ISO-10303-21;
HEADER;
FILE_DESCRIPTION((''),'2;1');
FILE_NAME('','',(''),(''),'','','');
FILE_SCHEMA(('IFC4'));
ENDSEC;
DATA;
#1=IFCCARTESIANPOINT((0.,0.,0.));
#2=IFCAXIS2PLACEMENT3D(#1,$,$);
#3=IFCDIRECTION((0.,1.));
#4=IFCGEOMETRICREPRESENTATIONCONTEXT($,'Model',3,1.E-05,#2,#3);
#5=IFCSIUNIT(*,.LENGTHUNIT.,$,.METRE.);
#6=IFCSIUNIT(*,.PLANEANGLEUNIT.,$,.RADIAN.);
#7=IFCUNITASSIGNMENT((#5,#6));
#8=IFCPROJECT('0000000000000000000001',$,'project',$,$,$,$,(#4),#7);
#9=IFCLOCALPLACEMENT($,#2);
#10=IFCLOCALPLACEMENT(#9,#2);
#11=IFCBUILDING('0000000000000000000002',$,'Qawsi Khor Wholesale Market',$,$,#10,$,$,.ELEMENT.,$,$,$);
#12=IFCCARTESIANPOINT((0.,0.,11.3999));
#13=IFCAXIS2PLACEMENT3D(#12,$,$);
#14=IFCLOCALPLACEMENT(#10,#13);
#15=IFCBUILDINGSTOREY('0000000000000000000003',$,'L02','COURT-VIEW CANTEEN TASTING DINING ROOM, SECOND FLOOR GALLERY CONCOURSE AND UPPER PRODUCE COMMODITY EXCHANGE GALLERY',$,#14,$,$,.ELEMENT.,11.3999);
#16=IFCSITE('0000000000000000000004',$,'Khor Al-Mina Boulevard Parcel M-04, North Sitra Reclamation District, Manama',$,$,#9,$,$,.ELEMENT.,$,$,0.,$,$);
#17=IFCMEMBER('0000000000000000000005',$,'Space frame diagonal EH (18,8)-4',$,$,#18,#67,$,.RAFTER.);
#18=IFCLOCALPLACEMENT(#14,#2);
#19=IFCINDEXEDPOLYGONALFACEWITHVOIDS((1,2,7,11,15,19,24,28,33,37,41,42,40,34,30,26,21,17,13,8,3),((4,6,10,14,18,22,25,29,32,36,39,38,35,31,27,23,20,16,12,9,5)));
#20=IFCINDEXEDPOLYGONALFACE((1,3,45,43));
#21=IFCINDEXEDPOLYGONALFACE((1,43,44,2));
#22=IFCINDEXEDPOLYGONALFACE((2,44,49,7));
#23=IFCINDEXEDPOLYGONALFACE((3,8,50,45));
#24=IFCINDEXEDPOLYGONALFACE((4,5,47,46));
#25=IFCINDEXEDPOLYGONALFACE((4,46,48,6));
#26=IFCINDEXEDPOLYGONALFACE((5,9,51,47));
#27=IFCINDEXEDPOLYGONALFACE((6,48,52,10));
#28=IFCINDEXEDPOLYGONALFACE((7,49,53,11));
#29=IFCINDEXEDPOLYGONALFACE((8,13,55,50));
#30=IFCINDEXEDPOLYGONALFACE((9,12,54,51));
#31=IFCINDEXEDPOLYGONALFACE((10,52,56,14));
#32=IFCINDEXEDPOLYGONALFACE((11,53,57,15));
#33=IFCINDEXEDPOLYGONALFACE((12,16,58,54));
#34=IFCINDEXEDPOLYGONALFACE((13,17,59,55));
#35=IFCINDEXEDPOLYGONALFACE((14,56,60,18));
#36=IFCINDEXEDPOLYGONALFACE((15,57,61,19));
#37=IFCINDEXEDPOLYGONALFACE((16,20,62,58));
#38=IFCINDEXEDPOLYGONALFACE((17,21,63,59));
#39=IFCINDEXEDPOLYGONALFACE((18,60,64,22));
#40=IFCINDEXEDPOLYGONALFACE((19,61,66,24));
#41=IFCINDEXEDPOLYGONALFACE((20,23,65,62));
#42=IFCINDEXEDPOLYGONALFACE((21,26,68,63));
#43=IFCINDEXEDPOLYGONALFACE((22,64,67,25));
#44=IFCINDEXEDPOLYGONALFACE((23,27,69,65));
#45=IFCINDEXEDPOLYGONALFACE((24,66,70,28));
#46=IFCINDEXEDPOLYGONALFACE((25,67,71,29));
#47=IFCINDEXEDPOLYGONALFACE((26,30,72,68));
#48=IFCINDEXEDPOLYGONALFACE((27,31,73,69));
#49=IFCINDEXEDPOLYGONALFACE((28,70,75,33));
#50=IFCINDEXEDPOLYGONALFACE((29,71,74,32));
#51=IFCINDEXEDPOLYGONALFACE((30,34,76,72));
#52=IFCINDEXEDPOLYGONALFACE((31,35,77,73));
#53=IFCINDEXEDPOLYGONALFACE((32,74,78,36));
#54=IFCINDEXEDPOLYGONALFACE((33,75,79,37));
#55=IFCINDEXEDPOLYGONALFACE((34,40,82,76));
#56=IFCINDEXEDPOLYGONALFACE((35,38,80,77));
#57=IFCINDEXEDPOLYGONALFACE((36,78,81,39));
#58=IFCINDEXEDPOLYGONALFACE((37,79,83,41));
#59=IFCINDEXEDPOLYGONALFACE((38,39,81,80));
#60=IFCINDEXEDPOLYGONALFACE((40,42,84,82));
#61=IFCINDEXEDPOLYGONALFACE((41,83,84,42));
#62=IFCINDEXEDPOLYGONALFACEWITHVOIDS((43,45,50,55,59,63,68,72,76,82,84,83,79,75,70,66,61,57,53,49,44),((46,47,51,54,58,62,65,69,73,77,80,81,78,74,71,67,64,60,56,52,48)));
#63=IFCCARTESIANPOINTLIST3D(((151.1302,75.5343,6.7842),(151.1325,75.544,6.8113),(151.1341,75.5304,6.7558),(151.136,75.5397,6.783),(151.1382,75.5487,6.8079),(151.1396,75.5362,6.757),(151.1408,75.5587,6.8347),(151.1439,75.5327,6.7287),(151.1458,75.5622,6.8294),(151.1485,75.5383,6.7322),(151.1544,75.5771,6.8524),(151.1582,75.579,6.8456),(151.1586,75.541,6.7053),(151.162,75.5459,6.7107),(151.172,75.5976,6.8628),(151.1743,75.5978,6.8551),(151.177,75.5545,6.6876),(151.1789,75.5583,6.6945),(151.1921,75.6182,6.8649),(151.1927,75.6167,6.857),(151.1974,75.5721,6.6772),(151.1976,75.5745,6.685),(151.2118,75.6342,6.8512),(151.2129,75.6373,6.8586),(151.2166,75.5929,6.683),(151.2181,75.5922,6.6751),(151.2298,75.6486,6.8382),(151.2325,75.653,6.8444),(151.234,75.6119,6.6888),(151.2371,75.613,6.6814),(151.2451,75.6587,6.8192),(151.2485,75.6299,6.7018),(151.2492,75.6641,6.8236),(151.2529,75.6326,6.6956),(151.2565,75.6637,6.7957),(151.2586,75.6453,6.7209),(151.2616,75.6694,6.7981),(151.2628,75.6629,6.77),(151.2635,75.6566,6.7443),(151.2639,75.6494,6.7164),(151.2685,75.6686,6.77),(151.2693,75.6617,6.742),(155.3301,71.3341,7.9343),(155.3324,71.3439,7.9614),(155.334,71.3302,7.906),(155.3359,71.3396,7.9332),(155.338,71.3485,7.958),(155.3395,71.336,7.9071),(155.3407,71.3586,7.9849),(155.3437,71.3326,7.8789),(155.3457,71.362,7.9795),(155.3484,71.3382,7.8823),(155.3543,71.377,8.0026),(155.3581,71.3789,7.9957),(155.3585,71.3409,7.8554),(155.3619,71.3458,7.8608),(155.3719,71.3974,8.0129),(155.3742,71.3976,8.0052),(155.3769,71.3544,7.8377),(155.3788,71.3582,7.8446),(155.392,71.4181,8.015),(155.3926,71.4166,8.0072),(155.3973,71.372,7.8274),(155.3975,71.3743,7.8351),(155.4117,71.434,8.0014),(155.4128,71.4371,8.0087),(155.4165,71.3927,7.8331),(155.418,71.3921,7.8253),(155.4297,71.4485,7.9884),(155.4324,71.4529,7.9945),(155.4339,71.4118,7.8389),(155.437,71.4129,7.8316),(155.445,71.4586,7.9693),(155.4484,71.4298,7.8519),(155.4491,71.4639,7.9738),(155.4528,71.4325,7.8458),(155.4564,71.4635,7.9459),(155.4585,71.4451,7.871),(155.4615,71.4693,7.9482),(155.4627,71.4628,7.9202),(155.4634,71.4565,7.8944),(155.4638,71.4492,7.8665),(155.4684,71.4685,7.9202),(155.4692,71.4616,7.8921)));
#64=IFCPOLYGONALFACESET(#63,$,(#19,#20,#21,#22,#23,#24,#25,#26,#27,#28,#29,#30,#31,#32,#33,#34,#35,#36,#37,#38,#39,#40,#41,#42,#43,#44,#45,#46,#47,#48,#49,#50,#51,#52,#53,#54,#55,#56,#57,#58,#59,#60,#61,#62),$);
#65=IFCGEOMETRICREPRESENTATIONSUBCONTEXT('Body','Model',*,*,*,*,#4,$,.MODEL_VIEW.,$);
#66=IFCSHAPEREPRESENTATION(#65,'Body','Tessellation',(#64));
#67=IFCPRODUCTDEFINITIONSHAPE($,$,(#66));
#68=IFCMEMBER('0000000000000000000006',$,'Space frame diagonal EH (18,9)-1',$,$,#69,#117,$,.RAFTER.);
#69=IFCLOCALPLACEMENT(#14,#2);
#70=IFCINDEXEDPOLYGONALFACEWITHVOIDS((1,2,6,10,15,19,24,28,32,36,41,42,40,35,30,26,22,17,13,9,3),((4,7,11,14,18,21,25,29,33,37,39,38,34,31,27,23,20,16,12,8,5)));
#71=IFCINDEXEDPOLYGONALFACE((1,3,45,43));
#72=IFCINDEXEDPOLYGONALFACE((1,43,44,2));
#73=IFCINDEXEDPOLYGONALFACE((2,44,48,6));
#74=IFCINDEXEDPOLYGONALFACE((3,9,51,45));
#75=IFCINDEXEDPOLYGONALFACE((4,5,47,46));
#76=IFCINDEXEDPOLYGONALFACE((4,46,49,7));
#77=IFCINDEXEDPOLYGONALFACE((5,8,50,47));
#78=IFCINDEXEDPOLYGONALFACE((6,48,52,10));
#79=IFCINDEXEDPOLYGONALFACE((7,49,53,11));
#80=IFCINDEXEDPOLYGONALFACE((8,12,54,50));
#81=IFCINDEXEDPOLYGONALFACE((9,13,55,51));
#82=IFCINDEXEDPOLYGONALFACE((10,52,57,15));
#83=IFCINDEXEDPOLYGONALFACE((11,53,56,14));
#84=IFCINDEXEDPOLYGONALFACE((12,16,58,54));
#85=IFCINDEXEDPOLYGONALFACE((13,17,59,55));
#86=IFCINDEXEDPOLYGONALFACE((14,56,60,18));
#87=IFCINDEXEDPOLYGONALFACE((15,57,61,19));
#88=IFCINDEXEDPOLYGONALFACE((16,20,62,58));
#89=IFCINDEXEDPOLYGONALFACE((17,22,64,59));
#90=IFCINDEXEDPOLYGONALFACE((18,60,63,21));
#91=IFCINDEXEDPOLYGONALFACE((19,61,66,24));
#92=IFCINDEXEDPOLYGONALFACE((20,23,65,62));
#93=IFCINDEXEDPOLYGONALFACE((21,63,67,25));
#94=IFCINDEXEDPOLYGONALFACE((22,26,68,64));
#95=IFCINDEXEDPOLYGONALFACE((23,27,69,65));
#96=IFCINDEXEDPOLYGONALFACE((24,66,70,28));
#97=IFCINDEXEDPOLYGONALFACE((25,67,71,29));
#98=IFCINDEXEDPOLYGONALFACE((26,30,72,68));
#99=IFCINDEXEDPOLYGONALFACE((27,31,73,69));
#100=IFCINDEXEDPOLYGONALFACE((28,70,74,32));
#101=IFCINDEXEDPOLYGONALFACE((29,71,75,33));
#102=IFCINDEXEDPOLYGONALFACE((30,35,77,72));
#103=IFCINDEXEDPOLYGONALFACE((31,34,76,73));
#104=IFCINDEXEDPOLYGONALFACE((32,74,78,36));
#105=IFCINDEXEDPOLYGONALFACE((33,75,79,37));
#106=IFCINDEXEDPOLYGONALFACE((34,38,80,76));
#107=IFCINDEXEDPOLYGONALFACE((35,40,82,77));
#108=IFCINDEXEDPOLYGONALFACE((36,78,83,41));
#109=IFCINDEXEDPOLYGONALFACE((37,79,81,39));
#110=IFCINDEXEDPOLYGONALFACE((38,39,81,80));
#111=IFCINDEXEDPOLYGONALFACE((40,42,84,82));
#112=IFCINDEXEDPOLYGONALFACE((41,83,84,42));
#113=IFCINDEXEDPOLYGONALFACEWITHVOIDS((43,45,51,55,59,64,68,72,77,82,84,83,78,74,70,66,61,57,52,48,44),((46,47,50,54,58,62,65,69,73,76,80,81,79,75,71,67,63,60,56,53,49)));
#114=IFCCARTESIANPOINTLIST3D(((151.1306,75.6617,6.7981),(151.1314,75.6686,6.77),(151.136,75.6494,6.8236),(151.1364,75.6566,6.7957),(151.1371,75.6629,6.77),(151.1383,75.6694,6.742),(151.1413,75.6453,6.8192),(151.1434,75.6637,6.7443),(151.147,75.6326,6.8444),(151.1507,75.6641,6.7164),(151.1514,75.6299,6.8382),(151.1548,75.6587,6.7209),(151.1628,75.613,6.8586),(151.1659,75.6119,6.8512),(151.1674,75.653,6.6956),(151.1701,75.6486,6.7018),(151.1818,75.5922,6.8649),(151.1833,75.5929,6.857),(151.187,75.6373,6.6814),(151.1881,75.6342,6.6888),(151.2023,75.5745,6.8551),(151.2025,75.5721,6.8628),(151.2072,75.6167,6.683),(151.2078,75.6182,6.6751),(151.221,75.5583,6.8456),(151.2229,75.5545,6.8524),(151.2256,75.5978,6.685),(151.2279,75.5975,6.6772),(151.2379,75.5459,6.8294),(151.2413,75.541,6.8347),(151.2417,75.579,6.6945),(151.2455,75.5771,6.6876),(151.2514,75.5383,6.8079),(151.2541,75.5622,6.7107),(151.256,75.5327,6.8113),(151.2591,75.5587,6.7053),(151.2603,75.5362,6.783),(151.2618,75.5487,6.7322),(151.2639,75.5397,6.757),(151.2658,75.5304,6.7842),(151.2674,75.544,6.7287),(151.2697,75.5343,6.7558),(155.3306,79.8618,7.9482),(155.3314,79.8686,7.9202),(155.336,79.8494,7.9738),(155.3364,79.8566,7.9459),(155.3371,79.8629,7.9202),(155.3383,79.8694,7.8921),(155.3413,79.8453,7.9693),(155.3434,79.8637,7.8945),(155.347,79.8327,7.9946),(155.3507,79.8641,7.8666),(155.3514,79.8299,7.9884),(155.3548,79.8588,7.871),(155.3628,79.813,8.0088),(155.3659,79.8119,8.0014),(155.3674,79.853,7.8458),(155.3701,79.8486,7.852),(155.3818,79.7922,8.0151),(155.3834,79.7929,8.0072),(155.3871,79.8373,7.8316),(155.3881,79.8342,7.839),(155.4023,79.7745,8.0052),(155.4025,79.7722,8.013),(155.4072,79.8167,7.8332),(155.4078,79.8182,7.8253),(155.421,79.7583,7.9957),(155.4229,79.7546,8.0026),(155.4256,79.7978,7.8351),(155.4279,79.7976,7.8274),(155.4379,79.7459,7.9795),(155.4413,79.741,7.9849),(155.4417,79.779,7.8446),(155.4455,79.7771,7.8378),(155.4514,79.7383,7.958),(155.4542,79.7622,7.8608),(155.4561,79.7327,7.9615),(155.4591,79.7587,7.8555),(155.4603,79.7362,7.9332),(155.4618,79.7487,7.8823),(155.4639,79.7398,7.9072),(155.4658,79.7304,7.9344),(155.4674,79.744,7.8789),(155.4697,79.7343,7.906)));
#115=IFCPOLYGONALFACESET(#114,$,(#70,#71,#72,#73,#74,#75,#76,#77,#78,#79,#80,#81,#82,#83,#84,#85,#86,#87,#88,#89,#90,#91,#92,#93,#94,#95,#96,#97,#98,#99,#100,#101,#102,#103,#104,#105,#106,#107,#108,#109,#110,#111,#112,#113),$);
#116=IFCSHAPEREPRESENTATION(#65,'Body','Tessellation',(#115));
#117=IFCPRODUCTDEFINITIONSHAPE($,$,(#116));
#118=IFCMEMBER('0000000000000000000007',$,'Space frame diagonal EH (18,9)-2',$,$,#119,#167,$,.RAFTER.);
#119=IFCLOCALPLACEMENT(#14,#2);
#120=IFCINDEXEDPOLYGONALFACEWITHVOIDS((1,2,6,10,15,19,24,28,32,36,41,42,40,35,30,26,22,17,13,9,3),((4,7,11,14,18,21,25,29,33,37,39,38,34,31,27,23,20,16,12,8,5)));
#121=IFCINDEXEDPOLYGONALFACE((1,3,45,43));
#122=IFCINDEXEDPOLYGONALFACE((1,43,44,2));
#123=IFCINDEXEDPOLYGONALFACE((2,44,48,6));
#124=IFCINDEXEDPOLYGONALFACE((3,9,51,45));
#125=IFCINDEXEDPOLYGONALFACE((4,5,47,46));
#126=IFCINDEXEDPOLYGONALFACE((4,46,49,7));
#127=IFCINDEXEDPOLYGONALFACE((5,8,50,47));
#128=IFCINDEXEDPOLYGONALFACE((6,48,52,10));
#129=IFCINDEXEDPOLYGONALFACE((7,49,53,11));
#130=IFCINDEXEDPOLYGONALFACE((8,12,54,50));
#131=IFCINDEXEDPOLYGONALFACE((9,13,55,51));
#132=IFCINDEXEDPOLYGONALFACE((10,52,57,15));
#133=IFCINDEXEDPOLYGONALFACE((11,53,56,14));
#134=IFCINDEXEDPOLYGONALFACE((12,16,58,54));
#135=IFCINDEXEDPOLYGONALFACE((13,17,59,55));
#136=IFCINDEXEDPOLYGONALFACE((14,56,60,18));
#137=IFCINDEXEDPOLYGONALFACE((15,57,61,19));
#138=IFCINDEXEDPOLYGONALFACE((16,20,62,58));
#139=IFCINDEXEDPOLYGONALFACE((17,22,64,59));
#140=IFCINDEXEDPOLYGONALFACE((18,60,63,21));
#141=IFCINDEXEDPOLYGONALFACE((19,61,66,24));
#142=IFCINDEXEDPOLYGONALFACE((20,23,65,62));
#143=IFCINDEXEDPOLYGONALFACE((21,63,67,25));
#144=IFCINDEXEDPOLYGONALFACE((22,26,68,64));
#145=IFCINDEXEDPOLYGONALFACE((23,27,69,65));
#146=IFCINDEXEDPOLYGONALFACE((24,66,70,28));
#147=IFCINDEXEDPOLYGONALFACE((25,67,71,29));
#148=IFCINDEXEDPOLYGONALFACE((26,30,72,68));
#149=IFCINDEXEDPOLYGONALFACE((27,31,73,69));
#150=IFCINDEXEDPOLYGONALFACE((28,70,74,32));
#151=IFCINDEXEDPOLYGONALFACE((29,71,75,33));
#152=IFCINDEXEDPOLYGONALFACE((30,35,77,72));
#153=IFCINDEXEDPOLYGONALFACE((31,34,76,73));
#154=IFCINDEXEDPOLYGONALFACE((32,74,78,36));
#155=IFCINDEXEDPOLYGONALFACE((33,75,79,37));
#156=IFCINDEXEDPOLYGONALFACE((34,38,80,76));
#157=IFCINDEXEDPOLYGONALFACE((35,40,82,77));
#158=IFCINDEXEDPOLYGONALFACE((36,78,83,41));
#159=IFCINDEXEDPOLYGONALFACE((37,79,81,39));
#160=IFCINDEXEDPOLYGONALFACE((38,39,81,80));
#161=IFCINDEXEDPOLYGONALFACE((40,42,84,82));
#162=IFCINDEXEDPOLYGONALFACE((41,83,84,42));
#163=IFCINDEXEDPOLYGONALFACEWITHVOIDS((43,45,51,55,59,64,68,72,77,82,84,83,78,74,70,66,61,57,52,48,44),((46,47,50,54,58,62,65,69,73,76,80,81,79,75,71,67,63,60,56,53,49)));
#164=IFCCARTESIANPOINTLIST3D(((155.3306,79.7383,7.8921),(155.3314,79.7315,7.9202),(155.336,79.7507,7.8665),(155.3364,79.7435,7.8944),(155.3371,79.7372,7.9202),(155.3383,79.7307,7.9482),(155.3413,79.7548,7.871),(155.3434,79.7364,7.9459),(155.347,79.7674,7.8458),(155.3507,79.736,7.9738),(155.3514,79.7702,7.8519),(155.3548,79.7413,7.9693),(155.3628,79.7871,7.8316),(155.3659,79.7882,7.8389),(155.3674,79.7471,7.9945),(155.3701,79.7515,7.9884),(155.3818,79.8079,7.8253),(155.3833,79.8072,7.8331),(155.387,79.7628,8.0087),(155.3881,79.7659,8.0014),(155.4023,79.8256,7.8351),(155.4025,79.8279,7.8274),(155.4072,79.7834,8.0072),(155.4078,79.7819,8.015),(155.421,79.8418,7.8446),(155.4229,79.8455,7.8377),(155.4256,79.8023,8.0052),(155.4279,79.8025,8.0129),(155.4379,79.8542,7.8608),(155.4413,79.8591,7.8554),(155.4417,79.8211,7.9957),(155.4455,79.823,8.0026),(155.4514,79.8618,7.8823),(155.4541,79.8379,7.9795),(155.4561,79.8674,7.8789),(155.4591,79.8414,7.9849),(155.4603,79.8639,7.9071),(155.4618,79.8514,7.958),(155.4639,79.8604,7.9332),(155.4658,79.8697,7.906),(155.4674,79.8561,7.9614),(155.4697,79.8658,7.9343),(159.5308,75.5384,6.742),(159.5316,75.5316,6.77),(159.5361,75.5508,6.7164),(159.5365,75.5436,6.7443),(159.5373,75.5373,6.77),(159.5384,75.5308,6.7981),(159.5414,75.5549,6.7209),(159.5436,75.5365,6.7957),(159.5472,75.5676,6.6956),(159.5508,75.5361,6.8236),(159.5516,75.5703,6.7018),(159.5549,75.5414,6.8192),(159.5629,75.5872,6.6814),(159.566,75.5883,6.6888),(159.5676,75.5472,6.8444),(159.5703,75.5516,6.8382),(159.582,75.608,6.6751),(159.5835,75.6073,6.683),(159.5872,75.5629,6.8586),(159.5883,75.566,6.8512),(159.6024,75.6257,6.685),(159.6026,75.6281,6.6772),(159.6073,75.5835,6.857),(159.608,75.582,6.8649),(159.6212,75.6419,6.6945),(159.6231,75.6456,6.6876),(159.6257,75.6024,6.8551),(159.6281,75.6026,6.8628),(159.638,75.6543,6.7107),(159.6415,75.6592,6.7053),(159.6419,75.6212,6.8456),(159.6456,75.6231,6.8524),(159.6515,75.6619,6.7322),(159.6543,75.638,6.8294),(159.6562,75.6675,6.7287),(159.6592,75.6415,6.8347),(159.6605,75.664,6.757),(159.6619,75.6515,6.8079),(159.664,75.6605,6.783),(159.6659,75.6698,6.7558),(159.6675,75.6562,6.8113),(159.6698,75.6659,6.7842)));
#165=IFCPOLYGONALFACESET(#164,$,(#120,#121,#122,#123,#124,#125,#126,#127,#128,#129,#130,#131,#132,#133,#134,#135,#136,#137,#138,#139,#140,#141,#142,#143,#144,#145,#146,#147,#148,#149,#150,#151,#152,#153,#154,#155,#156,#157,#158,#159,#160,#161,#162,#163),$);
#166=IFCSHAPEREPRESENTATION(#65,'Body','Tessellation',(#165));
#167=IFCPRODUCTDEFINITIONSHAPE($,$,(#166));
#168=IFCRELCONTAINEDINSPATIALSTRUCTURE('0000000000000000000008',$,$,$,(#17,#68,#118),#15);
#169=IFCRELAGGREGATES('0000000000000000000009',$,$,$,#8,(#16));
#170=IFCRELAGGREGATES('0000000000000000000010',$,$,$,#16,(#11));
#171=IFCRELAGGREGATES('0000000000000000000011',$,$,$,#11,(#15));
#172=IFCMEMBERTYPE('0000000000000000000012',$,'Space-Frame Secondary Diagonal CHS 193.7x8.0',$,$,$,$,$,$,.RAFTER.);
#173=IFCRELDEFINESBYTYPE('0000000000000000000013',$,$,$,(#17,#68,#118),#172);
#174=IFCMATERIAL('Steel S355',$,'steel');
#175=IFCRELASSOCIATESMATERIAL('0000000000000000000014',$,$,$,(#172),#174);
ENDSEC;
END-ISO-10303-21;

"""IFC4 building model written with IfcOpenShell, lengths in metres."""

from ifc_helpers import new_model, si_unit, direction, frame, origin, origin_2d, place, context, subcontext, project, spatial, hollow_circle, extrude, material, material_profile, profile_set, type_object, element, save


model = new_model("IFC4")

# Units and contexts
model_context = context("Model", 3, precision=1e-05, world=origin(), true_north=direction((0.0, 1.0)))
body_context = subcontext(model_context, "Body", "Model", "MODEL_VIEW")
ifc_project = project(units=[si_unit("LENGTHUNIT", "METRE"), si_unit("PLANEANGLEUNIT", "RADIAN")], contexts=[model_context])

# Site, building, storey
site_placement = place(None, origin())
site = spatial("IfcSite", under=ifc_project, at=site_placement, Name="Khor Al-Mina Boulevard Parcel M-04, North Sitra Reclamation District, Manama", CompositionType="ELEMENT", RefElevation=0.0)
building_placement = place(site_placement, origin())
building = spatial("IfcBuilding", under=site, at=building_placement, Name="Qawsi Khor Wholesale Market", CompositionType="ELEMENT")
storey_placement = place(building_placement, frame((0.0, 0.0, 11.3999)))
storey = spatial("IfcBuildingStorey", under=building, at=storey_placement, Name="L02", Description="COURT-VIEW CANTEEN TASTING DINING ROOM, SECOND FLOOR GALLERY CONCOURSE AND UPPER PRODUCE COMMODITY EXCHANGE GALLERY", CompositionType="ELEMENT", Elevation=11.3999)

# Members
ifc_material_1 = material(Name="Steel S355", Category="steel")
ifc_material_profile_1 = material_profile(ifc_material_1, hollow_circle(Radius=0.0969, WallThickness=0.0081, at=origin_2d()), Name="CHS 193.7x8.0")
ifc_profile_set_1 = profile_set([ifc_material_profile_1], Name="Steel S355")
member_type_1 = type_object("IfcMemberType", Name="Space-Frame Secondary Diagonal CHS 193.7x8.0", PredefinedType="RAFTER", material=ifc_profile_set_1)
for number, where, z_axis, x_axis, name in (
    (1, (151.2, 75.6001, 6.77), (0.694192, -0.694232, 0.190103), (0.707127, 0.707086, 0.0), "Space frame diagonal EH (18,8)-4"),
    (2, (151.2, 75.6001, 6.77), (0.694211, 0.694211, 0.190108), (-0.707107, 0.707107, 0.0), "Space frame diagonal EH (18,9)-1"),
    (3, (159.6001, 75.6001, 6.77), (-0.694232, 0.694192, 0.190103), (-0.707086, -0.707127, 0.0), "Space frame diagonal EH (18,9)-2"),
):
    element("IfcMember", number, at=place(storey_placement, frame(where, z_axis=z_axis, x_axis=x_axis)), inside=storey, type_object=member_type_1, Name=name, PredefinedType="RAFTER", context=body_context, shape_type="SweptSolid", body=[
        extrude(hollow_circle(Radius=0.0969, WallThickness=0.0081, at=origin_2d()), origin(), (0.0, 0.0, 1.0), 6.05),
    ])

save(model, "model.ifc")
